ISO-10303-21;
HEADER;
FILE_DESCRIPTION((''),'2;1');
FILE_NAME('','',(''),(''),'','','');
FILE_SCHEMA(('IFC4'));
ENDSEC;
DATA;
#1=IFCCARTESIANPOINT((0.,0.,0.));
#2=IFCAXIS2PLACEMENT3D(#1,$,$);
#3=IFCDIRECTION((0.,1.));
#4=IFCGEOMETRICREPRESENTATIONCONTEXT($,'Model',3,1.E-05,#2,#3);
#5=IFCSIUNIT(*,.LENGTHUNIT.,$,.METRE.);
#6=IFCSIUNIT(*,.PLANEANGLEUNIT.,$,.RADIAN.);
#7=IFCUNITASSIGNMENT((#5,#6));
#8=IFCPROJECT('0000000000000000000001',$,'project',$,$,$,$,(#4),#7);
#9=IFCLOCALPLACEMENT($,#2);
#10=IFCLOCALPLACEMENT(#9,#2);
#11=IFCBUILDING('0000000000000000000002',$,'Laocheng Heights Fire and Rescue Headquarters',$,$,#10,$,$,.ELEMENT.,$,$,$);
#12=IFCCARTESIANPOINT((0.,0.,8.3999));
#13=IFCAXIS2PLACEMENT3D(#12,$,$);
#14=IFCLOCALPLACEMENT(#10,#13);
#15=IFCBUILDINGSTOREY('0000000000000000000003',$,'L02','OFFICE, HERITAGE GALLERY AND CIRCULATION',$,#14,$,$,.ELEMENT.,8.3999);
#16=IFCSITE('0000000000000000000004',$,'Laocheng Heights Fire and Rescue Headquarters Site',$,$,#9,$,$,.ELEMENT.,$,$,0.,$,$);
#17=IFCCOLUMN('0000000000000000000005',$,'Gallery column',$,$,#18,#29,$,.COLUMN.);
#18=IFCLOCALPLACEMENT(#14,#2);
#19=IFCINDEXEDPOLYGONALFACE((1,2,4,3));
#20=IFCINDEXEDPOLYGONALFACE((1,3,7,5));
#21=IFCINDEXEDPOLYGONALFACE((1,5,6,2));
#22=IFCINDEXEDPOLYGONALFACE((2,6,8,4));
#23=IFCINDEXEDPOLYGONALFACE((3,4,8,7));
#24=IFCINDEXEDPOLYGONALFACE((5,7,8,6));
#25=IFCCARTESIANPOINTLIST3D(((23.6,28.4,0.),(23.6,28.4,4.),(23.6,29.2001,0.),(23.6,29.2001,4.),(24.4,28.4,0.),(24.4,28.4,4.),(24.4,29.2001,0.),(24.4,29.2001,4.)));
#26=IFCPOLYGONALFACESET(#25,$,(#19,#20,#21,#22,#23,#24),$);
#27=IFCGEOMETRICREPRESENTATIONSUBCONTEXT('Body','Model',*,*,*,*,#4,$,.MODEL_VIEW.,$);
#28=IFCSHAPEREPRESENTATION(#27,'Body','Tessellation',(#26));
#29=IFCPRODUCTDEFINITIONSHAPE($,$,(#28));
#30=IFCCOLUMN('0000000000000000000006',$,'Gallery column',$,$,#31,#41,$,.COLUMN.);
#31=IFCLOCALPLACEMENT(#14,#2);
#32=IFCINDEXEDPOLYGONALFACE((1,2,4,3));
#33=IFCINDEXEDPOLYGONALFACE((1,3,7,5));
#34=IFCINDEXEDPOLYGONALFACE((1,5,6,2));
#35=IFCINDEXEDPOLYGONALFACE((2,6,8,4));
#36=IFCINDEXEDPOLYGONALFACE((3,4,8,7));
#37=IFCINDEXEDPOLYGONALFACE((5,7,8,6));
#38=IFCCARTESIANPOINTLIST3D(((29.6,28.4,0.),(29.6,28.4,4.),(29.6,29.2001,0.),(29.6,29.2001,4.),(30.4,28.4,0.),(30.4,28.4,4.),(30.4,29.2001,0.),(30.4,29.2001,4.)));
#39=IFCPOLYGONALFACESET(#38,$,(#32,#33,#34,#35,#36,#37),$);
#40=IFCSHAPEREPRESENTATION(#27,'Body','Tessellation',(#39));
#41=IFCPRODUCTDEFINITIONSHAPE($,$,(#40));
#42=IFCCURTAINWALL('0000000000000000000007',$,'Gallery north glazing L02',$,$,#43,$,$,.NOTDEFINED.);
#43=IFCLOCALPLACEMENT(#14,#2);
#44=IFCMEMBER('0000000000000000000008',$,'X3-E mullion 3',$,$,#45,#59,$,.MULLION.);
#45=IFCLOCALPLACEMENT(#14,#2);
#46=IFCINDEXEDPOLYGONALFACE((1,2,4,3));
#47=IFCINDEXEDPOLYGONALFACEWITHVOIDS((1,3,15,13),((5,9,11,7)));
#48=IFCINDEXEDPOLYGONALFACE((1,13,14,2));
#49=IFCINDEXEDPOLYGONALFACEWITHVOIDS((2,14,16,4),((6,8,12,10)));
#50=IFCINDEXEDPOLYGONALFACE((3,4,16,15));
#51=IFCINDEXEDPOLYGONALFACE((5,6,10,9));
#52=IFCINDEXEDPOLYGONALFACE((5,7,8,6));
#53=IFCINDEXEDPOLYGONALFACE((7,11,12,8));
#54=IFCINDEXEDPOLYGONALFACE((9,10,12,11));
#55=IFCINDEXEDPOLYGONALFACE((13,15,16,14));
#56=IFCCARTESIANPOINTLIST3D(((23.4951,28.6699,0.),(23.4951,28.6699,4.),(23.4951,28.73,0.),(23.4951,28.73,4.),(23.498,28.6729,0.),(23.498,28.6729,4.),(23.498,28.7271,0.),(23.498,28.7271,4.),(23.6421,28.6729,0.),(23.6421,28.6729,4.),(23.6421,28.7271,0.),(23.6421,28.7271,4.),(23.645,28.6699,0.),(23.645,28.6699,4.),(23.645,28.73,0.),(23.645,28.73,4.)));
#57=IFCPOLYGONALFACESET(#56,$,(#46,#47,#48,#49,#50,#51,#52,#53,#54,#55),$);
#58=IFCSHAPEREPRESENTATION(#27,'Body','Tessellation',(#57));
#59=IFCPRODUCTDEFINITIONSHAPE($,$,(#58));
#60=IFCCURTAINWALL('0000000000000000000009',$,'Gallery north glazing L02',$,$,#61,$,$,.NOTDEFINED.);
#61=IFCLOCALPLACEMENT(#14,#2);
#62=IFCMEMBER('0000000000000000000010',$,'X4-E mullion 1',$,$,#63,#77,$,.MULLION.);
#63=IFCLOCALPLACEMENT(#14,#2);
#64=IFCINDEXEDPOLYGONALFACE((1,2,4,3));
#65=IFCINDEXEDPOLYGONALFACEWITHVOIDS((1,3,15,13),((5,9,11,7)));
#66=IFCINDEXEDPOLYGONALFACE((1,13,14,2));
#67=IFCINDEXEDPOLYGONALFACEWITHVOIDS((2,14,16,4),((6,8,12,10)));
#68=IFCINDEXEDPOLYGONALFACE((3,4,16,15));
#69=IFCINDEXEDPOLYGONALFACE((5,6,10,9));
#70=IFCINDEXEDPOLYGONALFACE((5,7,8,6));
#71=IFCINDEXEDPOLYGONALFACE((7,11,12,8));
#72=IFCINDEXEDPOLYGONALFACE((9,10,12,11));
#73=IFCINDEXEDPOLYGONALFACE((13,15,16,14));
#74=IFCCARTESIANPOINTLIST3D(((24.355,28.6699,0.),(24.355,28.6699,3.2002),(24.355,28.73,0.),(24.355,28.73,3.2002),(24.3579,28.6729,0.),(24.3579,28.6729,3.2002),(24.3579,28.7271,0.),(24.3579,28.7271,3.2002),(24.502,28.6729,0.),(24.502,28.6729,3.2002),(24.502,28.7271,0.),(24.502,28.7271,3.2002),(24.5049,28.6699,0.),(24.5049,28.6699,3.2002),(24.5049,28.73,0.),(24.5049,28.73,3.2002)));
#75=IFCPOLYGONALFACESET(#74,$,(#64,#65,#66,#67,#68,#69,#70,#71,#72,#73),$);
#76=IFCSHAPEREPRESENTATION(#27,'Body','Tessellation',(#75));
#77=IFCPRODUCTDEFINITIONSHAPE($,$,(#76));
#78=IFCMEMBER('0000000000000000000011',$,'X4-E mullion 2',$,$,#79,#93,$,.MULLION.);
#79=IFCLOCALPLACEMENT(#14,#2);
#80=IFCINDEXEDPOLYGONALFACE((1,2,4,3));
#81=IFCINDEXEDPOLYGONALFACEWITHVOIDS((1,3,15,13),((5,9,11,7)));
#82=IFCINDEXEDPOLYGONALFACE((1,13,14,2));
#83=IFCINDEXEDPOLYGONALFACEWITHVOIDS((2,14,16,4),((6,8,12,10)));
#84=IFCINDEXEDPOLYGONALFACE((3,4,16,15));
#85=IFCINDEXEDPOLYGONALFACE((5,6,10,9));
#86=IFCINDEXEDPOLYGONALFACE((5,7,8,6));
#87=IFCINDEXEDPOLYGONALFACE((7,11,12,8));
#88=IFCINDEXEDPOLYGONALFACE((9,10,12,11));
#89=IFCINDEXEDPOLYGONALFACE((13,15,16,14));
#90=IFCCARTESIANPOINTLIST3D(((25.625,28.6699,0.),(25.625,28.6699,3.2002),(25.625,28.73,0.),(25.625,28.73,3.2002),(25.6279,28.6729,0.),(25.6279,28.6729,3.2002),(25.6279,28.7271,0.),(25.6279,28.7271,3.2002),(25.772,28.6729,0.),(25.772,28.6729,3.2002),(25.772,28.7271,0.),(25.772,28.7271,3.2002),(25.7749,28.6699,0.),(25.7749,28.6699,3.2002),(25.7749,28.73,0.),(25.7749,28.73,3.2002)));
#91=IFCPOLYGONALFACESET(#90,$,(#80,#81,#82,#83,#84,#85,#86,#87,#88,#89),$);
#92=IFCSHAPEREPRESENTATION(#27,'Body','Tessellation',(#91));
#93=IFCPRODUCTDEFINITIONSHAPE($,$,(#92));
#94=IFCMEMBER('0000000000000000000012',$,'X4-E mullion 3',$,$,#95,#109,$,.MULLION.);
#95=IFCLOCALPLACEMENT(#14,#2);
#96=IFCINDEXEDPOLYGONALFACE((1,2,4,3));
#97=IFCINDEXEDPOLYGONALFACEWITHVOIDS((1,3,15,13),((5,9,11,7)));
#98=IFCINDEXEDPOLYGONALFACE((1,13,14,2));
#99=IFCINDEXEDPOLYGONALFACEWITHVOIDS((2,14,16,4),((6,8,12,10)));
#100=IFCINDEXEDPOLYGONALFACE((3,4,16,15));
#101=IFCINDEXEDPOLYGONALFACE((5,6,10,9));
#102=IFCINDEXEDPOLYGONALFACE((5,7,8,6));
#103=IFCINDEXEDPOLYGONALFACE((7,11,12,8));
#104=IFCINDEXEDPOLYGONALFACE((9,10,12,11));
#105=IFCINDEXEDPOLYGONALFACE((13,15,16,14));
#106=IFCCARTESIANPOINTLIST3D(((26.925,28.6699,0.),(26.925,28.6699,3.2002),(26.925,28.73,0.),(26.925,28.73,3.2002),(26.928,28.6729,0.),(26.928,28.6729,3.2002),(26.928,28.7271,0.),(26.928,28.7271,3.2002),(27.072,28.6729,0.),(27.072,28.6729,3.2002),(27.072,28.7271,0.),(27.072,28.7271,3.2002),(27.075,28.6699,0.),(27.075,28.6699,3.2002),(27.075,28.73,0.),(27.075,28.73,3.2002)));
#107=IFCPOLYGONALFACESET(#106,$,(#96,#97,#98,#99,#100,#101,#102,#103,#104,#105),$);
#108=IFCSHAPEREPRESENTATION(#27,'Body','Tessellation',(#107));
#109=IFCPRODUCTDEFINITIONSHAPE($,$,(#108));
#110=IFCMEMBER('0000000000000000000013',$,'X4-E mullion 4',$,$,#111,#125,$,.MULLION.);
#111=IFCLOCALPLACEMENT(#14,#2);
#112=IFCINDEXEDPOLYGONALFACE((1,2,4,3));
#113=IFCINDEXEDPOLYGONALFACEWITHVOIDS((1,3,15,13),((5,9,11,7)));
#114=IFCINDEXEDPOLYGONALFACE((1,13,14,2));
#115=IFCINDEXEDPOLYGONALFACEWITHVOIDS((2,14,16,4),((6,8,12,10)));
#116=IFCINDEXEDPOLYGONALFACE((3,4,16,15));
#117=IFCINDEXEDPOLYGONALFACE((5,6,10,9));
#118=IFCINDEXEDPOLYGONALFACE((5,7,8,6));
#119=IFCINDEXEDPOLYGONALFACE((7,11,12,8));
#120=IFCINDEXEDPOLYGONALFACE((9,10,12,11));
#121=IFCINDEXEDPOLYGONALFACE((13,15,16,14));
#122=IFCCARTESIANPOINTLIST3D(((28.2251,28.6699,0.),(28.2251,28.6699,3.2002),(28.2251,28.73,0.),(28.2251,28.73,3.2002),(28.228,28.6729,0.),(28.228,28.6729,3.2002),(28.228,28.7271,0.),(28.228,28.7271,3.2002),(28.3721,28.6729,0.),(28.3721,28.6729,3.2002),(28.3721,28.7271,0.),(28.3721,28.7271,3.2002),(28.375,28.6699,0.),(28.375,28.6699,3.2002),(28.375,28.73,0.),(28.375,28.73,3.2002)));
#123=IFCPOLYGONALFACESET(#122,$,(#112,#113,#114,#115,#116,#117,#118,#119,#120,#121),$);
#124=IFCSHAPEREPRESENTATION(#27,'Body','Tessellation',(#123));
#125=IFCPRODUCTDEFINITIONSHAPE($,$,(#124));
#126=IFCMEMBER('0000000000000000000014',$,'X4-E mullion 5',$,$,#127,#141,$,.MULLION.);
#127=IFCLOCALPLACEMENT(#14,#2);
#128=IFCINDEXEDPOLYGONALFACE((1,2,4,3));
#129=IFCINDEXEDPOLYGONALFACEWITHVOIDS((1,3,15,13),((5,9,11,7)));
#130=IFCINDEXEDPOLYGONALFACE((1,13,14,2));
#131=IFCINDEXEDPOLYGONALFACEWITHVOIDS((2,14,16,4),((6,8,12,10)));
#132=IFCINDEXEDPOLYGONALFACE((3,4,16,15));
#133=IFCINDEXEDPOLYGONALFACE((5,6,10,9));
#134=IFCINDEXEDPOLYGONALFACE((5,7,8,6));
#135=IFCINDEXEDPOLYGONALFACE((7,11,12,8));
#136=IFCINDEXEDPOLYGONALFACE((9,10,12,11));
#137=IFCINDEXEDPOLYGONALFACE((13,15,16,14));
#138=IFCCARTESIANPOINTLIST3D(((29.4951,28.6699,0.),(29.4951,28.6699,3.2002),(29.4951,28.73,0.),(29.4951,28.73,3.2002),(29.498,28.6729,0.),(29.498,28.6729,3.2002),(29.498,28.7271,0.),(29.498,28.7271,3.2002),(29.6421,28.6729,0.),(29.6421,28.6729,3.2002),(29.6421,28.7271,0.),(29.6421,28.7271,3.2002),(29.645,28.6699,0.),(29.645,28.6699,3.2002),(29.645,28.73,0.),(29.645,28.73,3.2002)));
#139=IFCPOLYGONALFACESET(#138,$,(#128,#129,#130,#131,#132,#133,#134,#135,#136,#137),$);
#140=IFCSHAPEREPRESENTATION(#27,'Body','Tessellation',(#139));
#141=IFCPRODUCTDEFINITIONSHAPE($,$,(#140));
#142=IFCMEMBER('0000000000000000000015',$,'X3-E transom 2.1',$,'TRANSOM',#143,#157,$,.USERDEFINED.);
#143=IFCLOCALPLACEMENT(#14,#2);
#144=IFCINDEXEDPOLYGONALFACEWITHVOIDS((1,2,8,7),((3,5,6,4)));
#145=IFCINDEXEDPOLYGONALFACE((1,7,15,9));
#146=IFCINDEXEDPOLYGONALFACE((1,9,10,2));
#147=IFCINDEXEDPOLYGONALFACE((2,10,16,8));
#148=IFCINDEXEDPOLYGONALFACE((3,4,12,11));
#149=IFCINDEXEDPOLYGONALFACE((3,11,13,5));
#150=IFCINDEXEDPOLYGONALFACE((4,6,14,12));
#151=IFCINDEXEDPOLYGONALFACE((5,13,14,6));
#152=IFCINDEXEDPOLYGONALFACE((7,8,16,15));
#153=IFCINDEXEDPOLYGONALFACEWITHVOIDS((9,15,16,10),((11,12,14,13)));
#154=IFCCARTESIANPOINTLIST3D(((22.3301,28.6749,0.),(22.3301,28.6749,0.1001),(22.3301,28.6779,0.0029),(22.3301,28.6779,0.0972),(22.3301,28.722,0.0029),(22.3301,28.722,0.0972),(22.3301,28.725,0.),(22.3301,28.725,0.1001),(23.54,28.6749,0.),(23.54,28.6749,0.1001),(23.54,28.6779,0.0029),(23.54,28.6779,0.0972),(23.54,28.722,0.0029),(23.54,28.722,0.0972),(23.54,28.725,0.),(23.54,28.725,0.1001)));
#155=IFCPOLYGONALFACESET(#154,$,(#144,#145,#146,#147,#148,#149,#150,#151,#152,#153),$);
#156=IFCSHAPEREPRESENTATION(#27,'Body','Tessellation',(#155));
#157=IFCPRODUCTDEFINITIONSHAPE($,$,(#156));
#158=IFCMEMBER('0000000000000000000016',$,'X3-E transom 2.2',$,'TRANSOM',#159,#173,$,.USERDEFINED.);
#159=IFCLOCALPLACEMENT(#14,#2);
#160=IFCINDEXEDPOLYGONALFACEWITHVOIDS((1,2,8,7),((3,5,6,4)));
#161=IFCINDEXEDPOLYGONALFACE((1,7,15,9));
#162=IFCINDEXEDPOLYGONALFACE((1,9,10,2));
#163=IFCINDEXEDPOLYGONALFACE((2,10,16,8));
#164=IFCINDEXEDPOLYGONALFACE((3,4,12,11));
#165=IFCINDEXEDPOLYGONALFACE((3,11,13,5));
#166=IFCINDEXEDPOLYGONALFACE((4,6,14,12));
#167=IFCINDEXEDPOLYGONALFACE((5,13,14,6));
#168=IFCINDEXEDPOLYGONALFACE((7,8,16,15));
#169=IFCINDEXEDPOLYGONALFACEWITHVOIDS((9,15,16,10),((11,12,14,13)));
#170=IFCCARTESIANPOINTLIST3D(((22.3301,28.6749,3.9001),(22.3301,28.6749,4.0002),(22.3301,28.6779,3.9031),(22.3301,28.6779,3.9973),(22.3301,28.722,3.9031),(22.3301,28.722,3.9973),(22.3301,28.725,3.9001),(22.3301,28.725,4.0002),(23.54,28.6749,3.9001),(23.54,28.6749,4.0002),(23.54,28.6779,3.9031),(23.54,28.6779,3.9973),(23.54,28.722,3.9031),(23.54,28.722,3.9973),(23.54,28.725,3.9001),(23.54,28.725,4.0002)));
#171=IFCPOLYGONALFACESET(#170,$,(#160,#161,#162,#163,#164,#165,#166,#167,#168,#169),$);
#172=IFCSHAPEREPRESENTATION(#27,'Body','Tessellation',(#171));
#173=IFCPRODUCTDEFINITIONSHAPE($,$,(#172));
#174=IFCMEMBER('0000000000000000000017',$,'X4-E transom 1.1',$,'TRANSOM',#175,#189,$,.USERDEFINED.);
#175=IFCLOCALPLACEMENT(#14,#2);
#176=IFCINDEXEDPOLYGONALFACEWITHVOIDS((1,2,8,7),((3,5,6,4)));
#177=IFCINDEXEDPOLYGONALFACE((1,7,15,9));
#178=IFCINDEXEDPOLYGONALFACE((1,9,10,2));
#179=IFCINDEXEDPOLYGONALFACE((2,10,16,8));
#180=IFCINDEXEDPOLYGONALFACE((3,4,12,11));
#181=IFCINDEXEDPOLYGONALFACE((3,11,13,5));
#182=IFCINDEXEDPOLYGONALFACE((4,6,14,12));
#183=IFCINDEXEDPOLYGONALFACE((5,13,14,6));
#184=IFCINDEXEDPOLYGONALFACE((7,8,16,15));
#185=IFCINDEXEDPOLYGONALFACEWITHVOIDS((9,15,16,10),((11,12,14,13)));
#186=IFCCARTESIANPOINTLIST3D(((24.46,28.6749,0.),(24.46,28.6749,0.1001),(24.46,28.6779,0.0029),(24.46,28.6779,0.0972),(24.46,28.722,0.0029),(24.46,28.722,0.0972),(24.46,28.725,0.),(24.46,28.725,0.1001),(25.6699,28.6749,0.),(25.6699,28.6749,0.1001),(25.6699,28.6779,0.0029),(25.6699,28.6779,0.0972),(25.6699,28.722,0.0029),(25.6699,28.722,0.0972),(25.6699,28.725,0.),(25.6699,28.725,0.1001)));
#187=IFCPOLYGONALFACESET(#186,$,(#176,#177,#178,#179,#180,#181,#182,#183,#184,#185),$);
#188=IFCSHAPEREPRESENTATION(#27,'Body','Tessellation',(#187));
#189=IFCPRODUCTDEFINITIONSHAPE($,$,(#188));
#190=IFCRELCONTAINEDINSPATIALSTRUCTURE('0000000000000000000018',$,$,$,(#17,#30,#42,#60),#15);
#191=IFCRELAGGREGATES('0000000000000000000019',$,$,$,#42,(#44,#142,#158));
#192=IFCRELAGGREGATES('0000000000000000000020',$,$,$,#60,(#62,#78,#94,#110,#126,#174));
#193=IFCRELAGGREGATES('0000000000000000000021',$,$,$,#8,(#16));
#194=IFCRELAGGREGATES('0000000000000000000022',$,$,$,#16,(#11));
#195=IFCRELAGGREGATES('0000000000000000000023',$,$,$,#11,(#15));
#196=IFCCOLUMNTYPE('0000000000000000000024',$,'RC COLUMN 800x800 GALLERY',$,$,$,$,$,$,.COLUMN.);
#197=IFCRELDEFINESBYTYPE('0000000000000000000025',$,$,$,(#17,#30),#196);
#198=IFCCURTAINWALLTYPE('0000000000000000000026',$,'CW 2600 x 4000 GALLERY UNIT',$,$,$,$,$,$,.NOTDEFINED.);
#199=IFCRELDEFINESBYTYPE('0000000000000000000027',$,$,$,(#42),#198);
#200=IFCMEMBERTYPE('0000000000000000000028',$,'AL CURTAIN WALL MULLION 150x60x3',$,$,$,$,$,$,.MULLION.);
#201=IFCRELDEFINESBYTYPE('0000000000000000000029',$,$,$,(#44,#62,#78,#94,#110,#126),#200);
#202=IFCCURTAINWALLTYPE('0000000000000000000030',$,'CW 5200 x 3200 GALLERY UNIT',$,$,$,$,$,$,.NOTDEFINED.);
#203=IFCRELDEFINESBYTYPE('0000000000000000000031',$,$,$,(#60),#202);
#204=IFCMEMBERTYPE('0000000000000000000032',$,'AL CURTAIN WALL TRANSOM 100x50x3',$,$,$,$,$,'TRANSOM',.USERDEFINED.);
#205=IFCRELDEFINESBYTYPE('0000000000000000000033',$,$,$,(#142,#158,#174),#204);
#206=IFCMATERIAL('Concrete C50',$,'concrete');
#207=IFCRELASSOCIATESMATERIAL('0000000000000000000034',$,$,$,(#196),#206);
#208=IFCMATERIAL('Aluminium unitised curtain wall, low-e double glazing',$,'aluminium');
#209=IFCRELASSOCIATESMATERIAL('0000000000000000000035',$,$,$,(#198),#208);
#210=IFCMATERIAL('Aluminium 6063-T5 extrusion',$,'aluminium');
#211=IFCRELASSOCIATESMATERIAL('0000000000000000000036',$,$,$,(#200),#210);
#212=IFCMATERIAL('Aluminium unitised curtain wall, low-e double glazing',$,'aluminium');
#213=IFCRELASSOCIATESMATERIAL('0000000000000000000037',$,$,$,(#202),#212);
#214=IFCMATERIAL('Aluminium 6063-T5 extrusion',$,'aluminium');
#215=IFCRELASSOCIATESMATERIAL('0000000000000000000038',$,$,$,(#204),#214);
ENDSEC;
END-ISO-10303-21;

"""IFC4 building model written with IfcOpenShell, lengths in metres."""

from ifc_helpers import new_model, si_unit, direction, frame, origin, origin_2d, place, context, subcontext, project, spatial, rectangle, hollow_rectangle, extrude, material, material_profile, profile_set, type_object, element, aggregate, save


model = new_model("IFC4")

# Units and contexts
model_context = context("Model", 3, precision=1e-05, world=origin(), true_north=direction((0.0, 1.0)))
body_context = subcontext(model_context, "Body", "Model", "MODEL_VIEW")
ifc_project = project(units=[si_unit("LENGTHUNIT", "METRE"), si_unit("PLANEANGLEUNIT", "RADIAN")], contexts=[model_context])

# Site, building, storey
site_placement = place(None, origin())
site = spatial("IfcSite", under=ifc_project, at=site_placement, Name="Laocheng Heights Fire and Rescue Headquarters Site", CompositionType="ELEMENT", RefElevation=0.0)
building_placement = place(site_placement, origin())
building = spatial("IfcBuilding", under=site, at=building_placement, Name="Laocheng Heights Fire and Rescue Headquarters", CompositionType="ELEMENT")
storey_placement = place(building_placement, frame((0.0, 0.0, 8.3999)))
storey = spatial("IfcBuildingStorey", under=building, at=storey_placement, Name="L02", Description="OFFICE, HERITAGE GALLERY AND CIRCULATION", CompositionType="ELEMENT", Elevation=8.3999)

# Columns
ifc_material_1 = material(Name="Concrete C50", Category="concrete")
ifc_material_profile_1 = material_profile(ifc_material_1, rectangle(XDim=0.8, YDim=0.8, at=origin_2d()), Name="RC COLUMN 800x800 GALLERY")
ifc_profile_set_1 = profile_set([ifc_material_profile_1], Name="Concrete C50")
column_type = type_object("IfcColumnType", Name="RC COLUMN 800x800 GALLERY", PredefinedType="COLUMN", material=ifc_profile_set_1)
for number, where, z_axis, x_axis, name in (
    (1, (24.0, 28.8, 0.0), (0.0, 0.0, 1.0), (1.0, 0.0, 0.0), "Gallery column"),
    (2, (30.0, 28.8, 0.0), (0.0, 0.0, 1.0), (1.0, 0.0, 0.0), "Gallery column"),
):
    element("IfcColumn", number, at=place(storey_placement, frame(where, z_axis=z_axis, x_axis=x_axis)), inside=storey, type_object=column_type, Name=name, PredefinedType="COLUMN", context=body_context, shape_type="SweptSolid", body=[
        extrude(rectangle(XDim=0.8, YDim=0.8, at=origin_2d()), origin(), (0.0, 0.0, 1.0), 4.0),
    ])

# Curtain wall, member
ifc_material_2 = material(Name="Aluminium unitised curtain wall, low-e double glazing", Category="aluminium")
curtain_wall_type_1 = type_object("IfcCurtainWallType", Name="CW 2600 x 4000 GALLERY UNIT", PredefinedType="NOTDEFINED", material=ifc_material_2)
curtain_wall_1_placement = place(storey_placement, origin())
curtain_wall_1 = element("IfcCurtainWall", 3, at=curtain_wall_1_placement, inside=storey, type_object=curtain_wall_type_1, Name="Gallery north glazing L02", PredefinedType="NOTDEFINED")
ifc_material_3 = material(Name="Aluminium 6063-T5 extrusion", Category="aluminium")
ifc_material_profile_2 = material_profile(ifc_material_3, hollow_rectangle(XDim=0.0601, YDim=0.1499, WallThickness=0.0029, at=origin_2d()), Name="AL MULLION 150x60x3")
ifc_profile_set_2 = profile_set([ifc_material_profile_2], Name="Aluminium 6063-T5 extrusion")
member_type_1 = type_object("IfcMemberType", Name="AL CURTAIN WALL MULLION 150x60x3", PredefinedType="MULLION", material=ifc_profile_set_2)
member_1_placement = place(storey_placement, frame((23.5701, 28.7, 0.0), z_axis=(0.0, 0.0, 1.0), x_axis=(0.0, 1.0, 0.0)))
member_1 = element("IfcMember", 4, at=member_1_placement, type_object=member_type_1, Name="X3-E mullion 3", PredefinedType="MULLION", context=body_context, shape_type="SweptSolid", body=[
    extrude(hollow_rectangle(XDim=0.0601, YDim=0.1499, WallThickness=0.0029, at=origin_2d()), origin(), (0.0, 0.0, 1.0), 4.0),
])

# Curtain wall, members
ifc_material_4 = material(Name="Aluminium unitised curtain wall, low-e double glazing", Category="aluminium")
curtain_wall_type_2 = type_object("IfcCurtainWallType", Name="CW 5200 x 3200 GALLERY UNIT", PredefinedType="NOTDEFINED", material=ifc_material_4)
curtain_wall_2_placement = place(storey_placement, origin())
curtain_wall_2 = element("IfcCurtainWall", 5, at=curtain_wall_2_placement, inside=storey, type_object=curtain_wall_type_2, Name="Gallery north glazing L02", PredefinedType="NOTDEFINED")
member_2_placement = place(storey_placement, frame((24.4299, 28.7, 0.0), z_axis=(0.0, 0.0, 1.0), x_axis=(0.0, 1.0, 0.0)))
member_2 = element("IfcMember", 6, at=member_2_placement, type_object=member_type_1, Name="X4-E mullion 1", PredefinedType="MULLION", context=body_context, shape_type="SweptSolid", body=[
    extrude(hollow_rectangle(XDim=0.0601, YDim=0.1499, WallThickness=0.0029, at=origin_2d()), origin(), (0.0, 0.0, 1.0), 3.2002),
])
member_3_placement = place(storey_placement, frame((25.7, 28.7, 0.0), z_axis=(0.0, 0.0, 1.0), x_axis=(0.0, 1.0, 0.0)))
member_3 = element("IfcMember", 7, at=member_3_placement, type_object=member_type_1, Name="X4-E mullion 2", PredefinedType="MULLION", context=body_context, shape_type="SweptSolid", body=[
    extrude(hollow_rectangle(XDim=0.0601, YDim=0.1499, WallThickness=0.0029, at=origin_2d()), origin(), (0.0, 0.0, 1.0), 3.2002),
])
member_4_placement = place(storey_placement, frame((27.0, 28.7, 0.0), z_axis=(0.0, 0.0, 1.0), x_axis=(0.0, 1.0, 0.0)))
member_4 = element("IfcMember", 8, at=member_4_placement, type_object=member_type_1, Name="X4-E mullion 3", PredefinedType="MULLION", context=body_context, shape_type="SweptSolid", body=[
    extrude(hollow_rectangle(XDim=0.0601, YDim=0.1499, WallThickness=0.0029, at=origin_2d()), origin(), (0.0, 0.0, 1.0), 3.2002),
])
member_5_placement = place(storey_placement, frame((28.3, 28.7, 0.0), z_axis=(0.0, 0.0, 1.0), x_axis=(0.0, 1.0, 0.0)))
member_5 = element("IfcMember", 9, at=member_5_placement, type_object=member_type_1, Name="X4-E mullion 4", PredefinedType="MULLION", context=body_context, shape_type="SweptSolid", body=[
    extrude(hollow_rectangle(XDim=0.0601, YDim=0.1499, WallThickness=0.0029, at=origin_2d()), origin(), (0.0, 0.0, 1.0), 3.2002),
])
member_6_placement = place(storey_placement, frame((29.5701, 28.7, 0.0), z_axis=(0.0, 0.0, 1.0), x_axis=(0.0, 1.0, 0.0)))
member_6 = element("IfcMember", 10, at=member_6_placement, type_object=member_type_1, Name="X4-E mullion 5", PredefinedType="MULLION", context=body_context, shape_type="SweptSolid", body=[
    extrude(hollow_rectangle(XDim=0.0601, YDim=0.1499, WallThickness=0.0029, at=origin_2d()), origin(), (0.0, 0.0, 1.0), 3.2002),
])

# Members
ifc_material_5 = material(Name="Aluminium 6063-T5 extrusion", Category="aluminium")
ifc_material_profile_3 = material_profile(ifc_material_5, hollow_rectangle(XDim=0.05, YDim=0.1001, WallThickness=0.0029, at=origin_2d()), Name="AL TRANSOM 100x50x3")
ifc_profile_set_3 = profile_set([ifc_material_profile_3], Name="Aluminium 6063-T5 extrusion")
member_type_2 = type_object("IfcMemberType", Name="AL CURTAIN WALL TRANSOM 100x50x3", ElementType="TRANSOM", PredefinedType="USERDEFINED", material=ifc_profile_set_3)
member_7_placement = place(storey_placement, frame((22.3301, 28.7, 0.05), z_axis=(1.0, 0.0, 0.0), x_axis=(0.0, 1.0, 0.0)))
member_7 = element("IfcMember", 11, at=member_7_placement, type_object=member_type_2, Name="X3-E transom 2.1", ObjectType="TRANSOM", PredefinedType="USERDEFINED", context=body_context, shape_type="SweptSolid", body=[
    extrude(hollow_rectangle(XDim=0.05, YDim=0.1001, WallThickness=0.0029, at=origin_2d()), origin(), (0.0, 0.0, 1.0), 1.21),
])
member_8_placement = place(storey_placement, frame((22.3301, 28.7, 3.9502), z_axis=(1.0, 0.0, 0.0), x_axis=(0.0, 1.0, 0.0)))
member_8 = element("IfcMember", 12, at=member_8_placement, type_object=member_type_2, Name="X3-E transom 2.2", ObjectType="TRANSOM", PredefinedType="USERDEFINED", context=body_context, shape_type="SweptSolid", body=[
    extrude(hollow_rectangle(XDim=0.05, YDim=0.1001, WallThickness=0.0029, at=origin_2d()), origin(), (0.0, 0.0, 1.0), 1.21),
])
member_9_placement = place(storey_placement, frame((24.46, 28.7, 0.05), z_axis=(1.0, 0.0, 0.0), x_axis=(0.0, 1.0, 0.0)))
member_9 = element("IfcMember", 13, at=member_9_placement, type_object=member_type_2, Name="X4-E transom 1.1", ObjectType="TRANSOM", PredefinedType="USERDEFINED", context=body_context, shape_type="SweptSolid", body=[
    extrude(hollow_rectangle(XDim=0.05, YDim=0.1001, WallThickness=0.0029, at=origin_2d()), origin(), (0.0, 0.0, 1.0), 1.21),
])

aggregate(curtain_wall_1, [member_1, member_7, member_8])
aggregate(curtain_wall_2, [member_2, member_3, member_4, member_5, member_6, member_9])

save(model, "model.ifc")
